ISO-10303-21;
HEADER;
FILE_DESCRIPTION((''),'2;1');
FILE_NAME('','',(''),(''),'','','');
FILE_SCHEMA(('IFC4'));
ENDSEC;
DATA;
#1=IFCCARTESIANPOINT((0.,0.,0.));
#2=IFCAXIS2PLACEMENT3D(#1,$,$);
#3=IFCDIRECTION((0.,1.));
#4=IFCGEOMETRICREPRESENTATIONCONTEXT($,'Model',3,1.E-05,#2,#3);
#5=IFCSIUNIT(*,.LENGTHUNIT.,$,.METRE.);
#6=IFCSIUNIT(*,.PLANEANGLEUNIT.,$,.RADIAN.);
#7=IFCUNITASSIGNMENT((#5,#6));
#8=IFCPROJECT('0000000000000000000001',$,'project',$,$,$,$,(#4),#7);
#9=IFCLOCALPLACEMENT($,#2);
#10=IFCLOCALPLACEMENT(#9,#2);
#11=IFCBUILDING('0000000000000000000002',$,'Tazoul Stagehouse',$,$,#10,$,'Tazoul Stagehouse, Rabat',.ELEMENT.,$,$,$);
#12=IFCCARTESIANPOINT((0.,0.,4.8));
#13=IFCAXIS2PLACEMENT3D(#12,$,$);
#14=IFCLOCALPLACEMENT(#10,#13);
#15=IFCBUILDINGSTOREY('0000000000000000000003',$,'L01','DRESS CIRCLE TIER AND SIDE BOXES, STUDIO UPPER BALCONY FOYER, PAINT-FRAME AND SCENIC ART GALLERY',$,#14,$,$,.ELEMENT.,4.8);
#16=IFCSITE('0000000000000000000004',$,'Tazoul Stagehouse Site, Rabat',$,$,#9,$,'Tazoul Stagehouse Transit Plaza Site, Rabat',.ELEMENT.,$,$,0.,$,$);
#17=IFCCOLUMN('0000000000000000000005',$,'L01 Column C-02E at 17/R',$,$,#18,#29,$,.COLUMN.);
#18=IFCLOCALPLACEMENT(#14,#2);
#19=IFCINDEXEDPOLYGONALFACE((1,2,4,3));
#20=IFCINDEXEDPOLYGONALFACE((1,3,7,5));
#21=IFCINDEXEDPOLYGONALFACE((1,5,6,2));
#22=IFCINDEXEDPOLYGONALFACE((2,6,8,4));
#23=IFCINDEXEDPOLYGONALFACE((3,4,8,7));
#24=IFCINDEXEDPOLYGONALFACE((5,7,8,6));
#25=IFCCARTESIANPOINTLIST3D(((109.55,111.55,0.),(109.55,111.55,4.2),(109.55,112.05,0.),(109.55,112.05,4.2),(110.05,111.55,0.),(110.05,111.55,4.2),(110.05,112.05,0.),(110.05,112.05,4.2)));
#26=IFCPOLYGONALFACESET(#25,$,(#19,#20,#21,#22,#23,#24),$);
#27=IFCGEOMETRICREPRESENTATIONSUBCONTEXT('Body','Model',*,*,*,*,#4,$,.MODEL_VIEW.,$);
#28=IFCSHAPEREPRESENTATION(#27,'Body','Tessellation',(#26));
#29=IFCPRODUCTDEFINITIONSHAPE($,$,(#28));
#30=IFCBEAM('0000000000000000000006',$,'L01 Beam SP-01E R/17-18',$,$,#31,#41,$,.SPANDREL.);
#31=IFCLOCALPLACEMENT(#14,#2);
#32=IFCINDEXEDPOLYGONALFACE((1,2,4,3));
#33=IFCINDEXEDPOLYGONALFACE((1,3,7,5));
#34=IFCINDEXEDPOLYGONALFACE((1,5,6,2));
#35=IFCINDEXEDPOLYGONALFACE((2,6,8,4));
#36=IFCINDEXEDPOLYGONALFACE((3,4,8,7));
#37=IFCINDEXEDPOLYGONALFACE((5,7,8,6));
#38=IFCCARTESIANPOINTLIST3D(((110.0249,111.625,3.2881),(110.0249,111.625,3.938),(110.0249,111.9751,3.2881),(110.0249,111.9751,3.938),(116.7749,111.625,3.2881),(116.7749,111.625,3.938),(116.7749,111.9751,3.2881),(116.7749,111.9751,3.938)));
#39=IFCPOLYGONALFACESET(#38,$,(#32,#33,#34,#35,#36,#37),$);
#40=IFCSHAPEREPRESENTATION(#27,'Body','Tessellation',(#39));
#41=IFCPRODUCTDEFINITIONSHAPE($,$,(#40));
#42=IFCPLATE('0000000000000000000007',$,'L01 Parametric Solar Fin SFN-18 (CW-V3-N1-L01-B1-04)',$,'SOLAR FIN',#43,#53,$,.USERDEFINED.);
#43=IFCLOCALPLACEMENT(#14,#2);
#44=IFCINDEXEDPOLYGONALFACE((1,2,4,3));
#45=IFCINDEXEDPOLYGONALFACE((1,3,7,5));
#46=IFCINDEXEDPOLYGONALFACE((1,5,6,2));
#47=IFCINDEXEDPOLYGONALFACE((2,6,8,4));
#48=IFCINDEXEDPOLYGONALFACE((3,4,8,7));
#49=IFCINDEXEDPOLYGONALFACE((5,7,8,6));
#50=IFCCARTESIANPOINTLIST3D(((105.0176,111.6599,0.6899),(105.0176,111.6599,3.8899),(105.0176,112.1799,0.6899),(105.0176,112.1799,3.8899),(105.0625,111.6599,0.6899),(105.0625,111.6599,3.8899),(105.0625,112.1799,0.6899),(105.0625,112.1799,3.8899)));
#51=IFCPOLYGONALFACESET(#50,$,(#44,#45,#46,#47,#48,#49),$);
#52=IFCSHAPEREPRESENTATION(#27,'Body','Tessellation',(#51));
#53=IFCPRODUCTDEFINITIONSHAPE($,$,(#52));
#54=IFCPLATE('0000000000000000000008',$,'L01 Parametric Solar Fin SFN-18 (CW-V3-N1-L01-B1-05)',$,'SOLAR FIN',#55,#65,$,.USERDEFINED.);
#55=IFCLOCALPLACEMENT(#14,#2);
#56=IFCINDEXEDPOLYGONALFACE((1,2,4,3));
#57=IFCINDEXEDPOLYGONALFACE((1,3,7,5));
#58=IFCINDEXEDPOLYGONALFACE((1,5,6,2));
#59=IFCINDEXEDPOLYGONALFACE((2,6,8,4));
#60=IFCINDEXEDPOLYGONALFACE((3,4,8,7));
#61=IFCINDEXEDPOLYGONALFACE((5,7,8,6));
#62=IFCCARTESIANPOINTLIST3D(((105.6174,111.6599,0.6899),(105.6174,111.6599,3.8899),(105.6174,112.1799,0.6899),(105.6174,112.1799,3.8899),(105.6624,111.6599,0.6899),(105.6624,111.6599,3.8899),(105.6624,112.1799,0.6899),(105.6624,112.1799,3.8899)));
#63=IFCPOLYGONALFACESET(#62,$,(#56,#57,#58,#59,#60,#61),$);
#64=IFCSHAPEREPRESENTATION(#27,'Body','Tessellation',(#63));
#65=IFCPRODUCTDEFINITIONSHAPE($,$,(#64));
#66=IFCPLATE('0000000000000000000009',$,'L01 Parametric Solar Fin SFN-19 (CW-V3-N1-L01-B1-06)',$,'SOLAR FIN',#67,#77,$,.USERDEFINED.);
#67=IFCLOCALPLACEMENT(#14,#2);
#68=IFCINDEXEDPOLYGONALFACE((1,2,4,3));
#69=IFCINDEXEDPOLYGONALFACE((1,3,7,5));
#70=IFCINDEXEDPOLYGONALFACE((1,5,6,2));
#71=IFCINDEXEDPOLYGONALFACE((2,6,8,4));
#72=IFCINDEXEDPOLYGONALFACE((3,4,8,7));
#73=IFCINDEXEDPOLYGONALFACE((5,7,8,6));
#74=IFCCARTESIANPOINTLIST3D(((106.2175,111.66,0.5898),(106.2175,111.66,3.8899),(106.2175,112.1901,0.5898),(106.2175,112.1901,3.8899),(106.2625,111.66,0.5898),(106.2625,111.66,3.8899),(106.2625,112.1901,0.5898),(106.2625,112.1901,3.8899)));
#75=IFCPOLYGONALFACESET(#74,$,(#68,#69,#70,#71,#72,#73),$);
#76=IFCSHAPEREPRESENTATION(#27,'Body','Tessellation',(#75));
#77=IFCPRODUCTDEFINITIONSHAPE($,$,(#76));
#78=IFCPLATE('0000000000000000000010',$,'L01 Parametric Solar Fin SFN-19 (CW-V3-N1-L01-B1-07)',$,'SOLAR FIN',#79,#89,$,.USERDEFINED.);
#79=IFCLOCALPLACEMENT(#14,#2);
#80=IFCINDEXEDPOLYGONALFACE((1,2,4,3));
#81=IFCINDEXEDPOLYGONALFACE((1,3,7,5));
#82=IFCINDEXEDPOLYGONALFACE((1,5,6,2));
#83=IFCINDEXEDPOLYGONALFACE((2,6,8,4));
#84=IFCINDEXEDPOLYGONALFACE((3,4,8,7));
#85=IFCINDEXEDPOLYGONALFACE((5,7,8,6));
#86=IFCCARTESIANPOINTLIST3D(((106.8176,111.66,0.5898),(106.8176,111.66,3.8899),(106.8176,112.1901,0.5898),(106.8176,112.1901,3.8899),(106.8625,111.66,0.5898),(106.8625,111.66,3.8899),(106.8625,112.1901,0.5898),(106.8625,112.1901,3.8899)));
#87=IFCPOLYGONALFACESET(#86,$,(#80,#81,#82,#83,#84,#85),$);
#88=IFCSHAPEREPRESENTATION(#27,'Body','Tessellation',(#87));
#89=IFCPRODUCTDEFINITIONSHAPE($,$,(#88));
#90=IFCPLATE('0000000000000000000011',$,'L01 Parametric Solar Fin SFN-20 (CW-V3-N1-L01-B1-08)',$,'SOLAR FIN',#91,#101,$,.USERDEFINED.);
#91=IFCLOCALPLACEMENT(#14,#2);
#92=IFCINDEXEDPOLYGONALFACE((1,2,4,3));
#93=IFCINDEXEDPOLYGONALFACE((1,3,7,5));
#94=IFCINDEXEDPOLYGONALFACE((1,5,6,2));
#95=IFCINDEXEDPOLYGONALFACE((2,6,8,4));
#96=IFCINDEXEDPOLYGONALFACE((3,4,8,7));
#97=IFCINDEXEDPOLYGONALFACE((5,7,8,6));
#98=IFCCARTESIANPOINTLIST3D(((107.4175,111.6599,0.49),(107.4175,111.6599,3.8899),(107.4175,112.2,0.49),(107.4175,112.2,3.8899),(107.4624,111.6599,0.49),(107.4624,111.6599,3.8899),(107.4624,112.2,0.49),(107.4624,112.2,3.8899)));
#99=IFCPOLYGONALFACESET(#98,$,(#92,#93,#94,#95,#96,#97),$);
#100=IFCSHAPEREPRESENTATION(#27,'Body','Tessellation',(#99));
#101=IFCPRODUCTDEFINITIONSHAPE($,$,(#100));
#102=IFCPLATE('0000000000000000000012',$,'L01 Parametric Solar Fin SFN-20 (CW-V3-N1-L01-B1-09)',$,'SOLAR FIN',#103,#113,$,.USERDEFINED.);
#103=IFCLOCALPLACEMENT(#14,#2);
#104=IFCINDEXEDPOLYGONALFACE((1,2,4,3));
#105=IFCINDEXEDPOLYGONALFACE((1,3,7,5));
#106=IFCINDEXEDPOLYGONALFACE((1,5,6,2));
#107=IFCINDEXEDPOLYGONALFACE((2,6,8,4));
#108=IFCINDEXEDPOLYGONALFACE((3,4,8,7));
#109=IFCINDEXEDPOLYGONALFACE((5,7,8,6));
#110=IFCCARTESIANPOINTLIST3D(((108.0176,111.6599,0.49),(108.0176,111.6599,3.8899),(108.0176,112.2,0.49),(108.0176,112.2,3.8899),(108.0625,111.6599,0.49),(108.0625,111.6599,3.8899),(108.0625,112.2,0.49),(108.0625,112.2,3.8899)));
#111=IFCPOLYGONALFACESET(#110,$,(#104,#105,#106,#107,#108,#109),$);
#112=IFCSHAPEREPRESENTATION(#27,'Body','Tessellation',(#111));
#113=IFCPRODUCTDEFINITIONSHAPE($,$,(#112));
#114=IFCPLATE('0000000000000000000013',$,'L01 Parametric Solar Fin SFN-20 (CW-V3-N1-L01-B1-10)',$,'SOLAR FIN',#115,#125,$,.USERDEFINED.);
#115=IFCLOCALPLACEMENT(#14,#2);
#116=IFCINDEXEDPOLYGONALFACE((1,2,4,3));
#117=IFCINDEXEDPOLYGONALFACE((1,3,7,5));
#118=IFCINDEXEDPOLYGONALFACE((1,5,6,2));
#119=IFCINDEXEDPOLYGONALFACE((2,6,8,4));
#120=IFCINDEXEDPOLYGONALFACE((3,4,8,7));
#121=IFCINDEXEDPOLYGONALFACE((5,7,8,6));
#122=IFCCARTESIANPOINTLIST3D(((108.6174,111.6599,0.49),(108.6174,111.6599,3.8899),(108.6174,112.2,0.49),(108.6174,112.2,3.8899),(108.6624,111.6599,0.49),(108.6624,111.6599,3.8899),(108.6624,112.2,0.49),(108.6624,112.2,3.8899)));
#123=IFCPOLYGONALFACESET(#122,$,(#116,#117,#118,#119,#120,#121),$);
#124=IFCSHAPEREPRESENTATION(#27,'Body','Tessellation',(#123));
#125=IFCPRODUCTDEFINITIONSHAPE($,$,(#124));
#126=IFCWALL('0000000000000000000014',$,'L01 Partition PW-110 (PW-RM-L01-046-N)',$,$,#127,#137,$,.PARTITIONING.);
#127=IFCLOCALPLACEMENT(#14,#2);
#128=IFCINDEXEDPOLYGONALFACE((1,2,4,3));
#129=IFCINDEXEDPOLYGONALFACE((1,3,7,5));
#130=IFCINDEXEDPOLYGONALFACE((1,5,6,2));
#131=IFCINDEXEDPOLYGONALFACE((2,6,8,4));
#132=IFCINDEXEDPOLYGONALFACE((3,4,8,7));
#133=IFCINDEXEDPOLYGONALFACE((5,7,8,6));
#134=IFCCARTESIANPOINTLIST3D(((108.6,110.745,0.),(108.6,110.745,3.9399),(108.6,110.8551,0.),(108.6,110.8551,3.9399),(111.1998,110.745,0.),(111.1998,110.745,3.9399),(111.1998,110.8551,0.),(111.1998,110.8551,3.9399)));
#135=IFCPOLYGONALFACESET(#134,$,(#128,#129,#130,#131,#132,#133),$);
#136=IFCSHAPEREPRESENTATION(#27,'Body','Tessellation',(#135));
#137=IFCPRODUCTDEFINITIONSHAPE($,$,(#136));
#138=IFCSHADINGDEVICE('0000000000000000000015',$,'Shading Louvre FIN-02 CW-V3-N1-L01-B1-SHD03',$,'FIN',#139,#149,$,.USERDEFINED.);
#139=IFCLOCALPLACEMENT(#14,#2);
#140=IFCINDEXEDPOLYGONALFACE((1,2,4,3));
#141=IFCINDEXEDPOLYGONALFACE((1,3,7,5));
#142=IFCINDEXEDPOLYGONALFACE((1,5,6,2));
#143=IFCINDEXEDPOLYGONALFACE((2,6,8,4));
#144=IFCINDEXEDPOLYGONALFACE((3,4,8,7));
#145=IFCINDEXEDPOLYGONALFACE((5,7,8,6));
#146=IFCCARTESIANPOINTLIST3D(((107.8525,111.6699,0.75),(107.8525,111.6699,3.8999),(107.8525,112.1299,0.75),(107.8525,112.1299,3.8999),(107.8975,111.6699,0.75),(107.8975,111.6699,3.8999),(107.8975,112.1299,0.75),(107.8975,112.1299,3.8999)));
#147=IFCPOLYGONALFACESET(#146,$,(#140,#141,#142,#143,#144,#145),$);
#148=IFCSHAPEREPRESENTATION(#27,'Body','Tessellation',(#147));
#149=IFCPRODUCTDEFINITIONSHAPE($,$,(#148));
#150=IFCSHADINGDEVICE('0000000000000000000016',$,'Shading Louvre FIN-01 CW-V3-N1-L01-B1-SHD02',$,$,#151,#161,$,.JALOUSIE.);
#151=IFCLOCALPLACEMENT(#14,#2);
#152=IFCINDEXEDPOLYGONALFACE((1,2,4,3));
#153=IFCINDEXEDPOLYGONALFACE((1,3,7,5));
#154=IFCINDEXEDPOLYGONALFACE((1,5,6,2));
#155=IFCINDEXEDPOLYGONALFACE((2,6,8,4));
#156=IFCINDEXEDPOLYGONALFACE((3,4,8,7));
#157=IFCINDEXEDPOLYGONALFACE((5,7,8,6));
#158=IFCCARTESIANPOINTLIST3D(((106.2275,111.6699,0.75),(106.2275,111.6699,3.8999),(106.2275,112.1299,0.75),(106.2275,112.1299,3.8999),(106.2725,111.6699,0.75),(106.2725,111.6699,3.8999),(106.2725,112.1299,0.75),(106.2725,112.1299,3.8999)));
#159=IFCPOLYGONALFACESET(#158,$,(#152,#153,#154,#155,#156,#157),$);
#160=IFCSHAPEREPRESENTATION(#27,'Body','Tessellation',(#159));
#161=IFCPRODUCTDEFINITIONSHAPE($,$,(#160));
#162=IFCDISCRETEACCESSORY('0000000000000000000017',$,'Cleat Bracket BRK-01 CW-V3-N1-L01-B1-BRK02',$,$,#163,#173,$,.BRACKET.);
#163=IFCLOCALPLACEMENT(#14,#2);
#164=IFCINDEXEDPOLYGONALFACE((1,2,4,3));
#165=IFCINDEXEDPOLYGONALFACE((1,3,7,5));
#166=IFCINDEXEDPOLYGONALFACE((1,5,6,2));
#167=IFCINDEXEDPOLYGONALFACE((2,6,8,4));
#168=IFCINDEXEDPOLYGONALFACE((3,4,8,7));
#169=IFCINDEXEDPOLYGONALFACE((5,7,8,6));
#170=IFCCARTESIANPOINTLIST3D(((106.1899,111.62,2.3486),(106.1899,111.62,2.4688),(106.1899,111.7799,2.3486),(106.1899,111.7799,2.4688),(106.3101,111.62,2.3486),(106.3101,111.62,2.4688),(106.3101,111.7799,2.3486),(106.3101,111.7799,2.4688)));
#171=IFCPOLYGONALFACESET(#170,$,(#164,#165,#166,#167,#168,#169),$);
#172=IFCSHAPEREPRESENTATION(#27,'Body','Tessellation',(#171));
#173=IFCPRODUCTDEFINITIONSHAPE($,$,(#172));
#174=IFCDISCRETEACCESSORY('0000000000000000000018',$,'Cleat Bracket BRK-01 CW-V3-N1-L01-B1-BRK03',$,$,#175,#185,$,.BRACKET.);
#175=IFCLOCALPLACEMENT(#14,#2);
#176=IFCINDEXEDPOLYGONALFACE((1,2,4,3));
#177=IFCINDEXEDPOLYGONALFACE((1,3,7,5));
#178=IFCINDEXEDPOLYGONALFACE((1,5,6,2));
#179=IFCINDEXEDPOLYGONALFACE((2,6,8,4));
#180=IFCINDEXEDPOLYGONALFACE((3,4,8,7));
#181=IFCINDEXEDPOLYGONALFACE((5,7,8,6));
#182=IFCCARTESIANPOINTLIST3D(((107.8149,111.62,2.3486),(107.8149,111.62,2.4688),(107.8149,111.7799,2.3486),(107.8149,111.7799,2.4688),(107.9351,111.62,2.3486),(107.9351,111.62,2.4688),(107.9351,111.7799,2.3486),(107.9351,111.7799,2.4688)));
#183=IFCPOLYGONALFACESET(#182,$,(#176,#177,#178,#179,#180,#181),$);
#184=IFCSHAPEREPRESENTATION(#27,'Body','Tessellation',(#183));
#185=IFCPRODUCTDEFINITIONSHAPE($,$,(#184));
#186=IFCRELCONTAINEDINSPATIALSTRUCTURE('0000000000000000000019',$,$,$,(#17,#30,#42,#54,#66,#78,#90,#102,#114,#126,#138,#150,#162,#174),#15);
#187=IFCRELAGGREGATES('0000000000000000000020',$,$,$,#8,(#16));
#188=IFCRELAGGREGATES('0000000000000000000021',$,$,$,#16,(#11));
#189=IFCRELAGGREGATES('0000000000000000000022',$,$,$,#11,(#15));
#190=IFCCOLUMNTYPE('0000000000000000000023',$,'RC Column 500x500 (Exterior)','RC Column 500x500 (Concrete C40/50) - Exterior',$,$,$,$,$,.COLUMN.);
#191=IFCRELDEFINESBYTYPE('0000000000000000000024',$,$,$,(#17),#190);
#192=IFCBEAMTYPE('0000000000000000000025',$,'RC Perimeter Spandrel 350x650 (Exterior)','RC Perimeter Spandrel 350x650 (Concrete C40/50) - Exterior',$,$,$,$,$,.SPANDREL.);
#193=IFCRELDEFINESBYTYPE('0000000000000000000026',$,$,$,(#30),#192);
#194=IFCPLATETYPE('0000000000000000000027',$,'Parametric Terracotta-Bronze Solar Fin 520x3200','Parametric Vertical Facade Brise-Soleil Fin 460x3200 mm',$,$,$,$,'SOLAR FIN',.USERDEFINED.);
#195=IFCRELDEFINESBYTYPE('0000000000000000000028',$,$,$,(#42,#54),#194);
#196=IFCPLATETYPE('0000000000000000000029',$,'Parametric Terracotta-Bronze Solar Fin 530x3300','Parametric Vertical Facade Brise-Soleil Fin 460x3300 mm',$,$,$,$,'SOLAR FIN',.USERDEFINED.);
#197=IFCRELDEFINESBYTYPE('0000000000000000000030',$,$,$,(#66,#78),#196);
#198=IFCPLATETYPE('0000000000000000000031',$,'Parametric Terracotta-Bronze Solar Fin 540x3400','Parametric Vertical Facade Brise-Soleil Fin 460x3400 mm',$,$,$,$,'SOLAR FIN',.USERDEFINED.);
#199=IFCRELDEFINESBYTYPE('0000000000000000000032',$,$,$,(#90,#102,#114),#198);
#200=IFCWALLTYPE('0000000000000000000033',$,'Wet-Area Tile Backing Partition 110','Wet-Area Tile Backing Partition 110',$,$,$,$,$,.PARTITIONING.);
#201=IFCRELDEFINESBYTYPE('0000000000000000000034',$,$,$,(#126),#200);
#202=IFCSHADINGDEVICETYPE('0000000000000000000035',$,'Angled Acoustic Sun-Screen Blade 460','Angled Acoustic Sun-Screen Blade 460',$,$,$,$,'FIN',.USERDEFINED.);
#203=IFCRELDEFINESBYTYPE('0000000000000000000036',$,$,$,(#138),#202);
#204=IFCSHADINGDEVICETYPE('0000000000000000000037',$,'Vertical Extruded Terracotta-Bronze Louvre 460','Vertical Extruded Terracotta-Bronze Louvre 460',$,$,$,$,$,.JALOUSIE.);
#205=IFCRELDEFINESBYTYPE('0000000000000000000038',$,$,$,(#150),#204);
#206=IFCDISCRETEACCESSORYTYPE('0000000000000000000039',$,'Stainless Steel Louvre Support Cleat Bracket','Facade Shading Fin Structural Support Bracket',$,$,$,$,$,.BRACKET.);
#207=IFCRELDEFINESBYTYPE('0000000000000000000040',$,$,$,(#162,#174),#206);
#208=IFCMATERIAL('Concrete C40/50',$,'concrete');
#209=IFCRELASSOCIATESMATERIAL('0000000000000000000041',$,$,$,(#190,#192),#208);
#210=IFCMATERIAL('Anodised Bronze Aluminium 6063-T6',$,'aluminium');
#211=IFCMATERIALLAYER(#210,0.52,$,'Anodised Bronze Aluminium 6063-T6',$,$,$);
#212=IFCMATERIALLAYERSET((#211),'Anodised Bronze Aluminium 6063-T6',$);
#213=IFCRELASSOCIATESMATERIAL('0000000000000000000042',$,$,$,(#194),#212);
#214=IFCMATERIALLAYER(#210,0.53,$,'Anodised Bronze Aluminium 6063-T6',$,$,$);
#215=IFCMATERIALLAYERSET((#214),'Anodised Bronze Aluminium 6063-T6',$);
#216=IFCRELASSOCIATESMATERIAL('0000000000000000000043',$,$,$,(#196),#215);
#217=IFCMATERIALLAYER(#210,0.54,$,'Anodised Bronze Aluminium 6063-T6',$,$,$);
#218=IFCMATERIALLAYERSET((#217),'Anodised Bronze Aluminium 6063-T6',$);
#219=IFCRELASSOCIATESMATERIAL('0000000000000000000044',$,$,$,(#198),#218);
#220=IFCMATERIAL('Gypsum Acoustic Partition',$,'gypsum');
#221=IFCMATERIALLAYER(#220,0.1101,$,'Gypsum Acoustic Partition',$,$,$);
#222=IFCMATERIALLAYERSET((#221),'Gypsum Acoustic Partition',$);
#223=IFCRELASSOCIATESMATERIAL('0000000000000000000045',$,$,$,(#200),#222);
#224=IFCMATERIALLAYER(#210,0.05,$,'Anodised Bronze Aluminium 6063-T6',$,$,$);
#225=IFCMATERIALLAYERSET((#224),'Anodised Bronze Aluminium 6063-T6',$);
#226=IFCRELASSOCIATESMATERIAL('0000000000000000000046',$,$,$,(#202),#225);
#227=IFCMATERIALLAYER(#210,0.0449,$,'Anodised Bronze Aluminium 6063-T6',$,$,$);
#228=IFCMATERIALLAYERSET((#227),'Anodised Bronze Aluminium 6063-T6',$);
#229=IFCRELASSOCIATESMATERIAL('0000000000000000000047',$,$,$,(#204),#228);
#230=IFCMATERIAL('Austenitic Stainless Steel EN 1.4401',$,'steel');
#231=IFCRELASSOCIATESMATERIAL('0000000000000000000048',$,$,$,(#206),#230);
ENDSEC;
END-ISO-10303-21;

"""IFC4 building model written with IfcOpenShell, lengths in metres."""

from ifc_helpers import new_model, si_unit, direction, frame, frame_2d, origin, origin_2d, place, context, subcontext, project, spatial, rectangle, extrude, material, layer, layer_set, material_profile, profile_set, type_object, element, save


model = new_model("IFC4")

# Units and contexts
model_context = context("Model", 3, precision=1e-05, world=origin(), true_north=direction((0.0, 1.0)))
body_context = subcontext(model_context, "Body", "Model", "MODEL_VIEW")
ifc_project = project(units=[si_unit("LENGTHUNIT", "METRE"), si_unit("PLANEANGLEUNIT", "RADIAN")], contexts=[model_context])

# Site, building, storey
site_placement = place(None, origin())
site = spatial("IfcSite", under=ifc_project, at=site_placement, Name="Tazoul Stagehouse Site, Rabat", LongName="Tazoul Stagehouse Transit Plaza Site, Rabat", CompositionType="ELEMENT", RefElevation=0.0)
building_placement = place(site_placement, origin())
building = spatial("IfcBuilding", under=site, at=building_placement, Name="Tazoul Stagehouse", LongName="Tazoul Stagehouse, Rabat", CompositionType="ELEMENT")
storey_placement = place(building_placement, frame((0.0, 0.0, 4.8)))
storey = spatial("IfcBuildingStorey", under=building, at=storey_placement, Name="L01", Description="DRESS CIRCLE TIER AND SIDE BOXES, STUDIO UPPER BALCONY FOYER, PAINT-FRAME AND SCENIC ART GALLERY", CompositionType="ELEMENT", Elevation=4.8)

# Column
ifc_material_1 = material(Name="Concrete C40/50", Category="concrete")
ifc_material_profile_1 = material_profile(ifc_material_1, rectangle(XDim=0.5, YDim=0.5, at=origin_2d()), Name="RC 500x500")
ifc_profile_set_1 = profile_set([ifc_material_profile_1], Name="Concrete C40/50")
column_type = type_object("IfcColumnType", Name="RC Column 500x500 (Exterior)", Description="RC Column 500x500 (Concrete C40/50) - Exterior", PredefinedType="COLUMN", material=ifc_profile_set_1)
column_placement = place(storey_placement, frame((109.8, 111.8, 0.0), z_axis=(0.0, 0.0, 1.0), x_axis=(1.0, 0.0, 0.0)))
element("IfcColumn", 1, at=column_placement, inside=storey, type_object=column_type, Name="L01 Column C-02E at 17/R", PredefinedType="COLUMN", context=body_context, shape_type="SweptSolid", body=[
    extrude(rectangle(XDim=0.5, YDim=0.5, at=origin_2d()), origin(), (0.0, 0.0, 1.0), 4.2),
])

# Beam
ifc_material_profile_2 = material_profile(ifc_material_1, rectangle(XDim=0.3501, YDim=0.6499, at=origin_2d()), Name="RC 350x650")
ifc_profile_set_2 = profile_set([ifc_material_profile_2], Name="Concrete C40/50")
beam_type = type_object("IfcBeamType", Name="RC Perimeter Spandrel 350x650 (Exterior)", Description="RC Perimeter Spandrel 350x650 (Concrete C40/50) - Exterior", PredefinedType="SPANDREL", material=ifc_profile_set_2)
beam_placement = place(storey_placement, frame((110.0249, 111.8, 3.613), z_axis=(1.0, 0.0, 0.0), x_axis=(0.0, 1.0, 0.0)))
element("IfcBeam", 2, at=beam_placement, inside=storey, type_object=beam_type, Name="L01 Beam SP-01E R/17-18", PredefinedType="SPANDREL", context=body_context, shape_type="SweptSolid", body=[
    extrude(rectangle(XDim=0.3501, YDim=0.6499, at=origin_2d()), origin(), (0.0, 0.0, 1.0), 6.75),
])

# Plates
ifc_material_2 = material(Name="Anodised Bronze Aluminium 6063-T6", Category="aluminium")
ifc_layer_1 = layer(ifc_material_2, 0.52, Name="Anodised Bronze Aluminium 6063-T6")
ifc_layer_set_1 = layer_set([ifc_layer_1], Name="Anodised Bronze Aluminium 6063-T6")
plate_type_1 = type_object("IfcPlateType", Name="Parametric Terracotta-Bronze Solar Fin 520x3200", Description="Parametric Vertical Facade Brise-Soleil Fin 460x3200 mm", ElementType="SOLAR FIN", PredefinedType="USERDEFINED", material=ifc_layer_set_1)
for number, where, z_axis, x_axis, name in (
    (3, (105.04, 111.9199, 0.6899), (0.0, 0.0, 1.0), (1.0, 0.0, 0.0), "L01 Parametric Solar Fin SFN-18 (CW-V3-N1-L01-B1-04)"),
    (4, (105.6399, 111.9199, 0.6899), (0.0, 0.0, 1.0), (1.0, 0.0, 0.0), "L01 Parametric Solar Fin SFN-18 (CW-V3-N1-L01-B1-05)"),
):
    element("IfcPlate", number, at=place(storey_placement, frame(where, z_axis=z_axis, x_axis=x_axis)), inside=storey, type_object=plate_type_1, Name=name, ObjectType="SOLAR FIN", PredefinedType="USERDEFINED", context=body_context, shape_type="SweptSolid", body=[
        extrude(rectangle(XDim=0.0449, YDim=0.52, at=origin_2d()), origin(), (0.0, 0.0, 1.0), 3.2),
    ])
ifc_layer_2 = layer(ifc_material_2, 0.53, Name="Anodised Bronze Aluminium 6063-T6")
ifc_layer_set_2 = layer_set([ifc_layer_2], Name="Anodised Bronze Aluminium 6063-T6")
plate_type_2 = type_object("IfcPlateType", Name="Parametric Terracotta-Bronze Solar Fin 530x3300", Description="Parametric Vertical Facade Brise-Soleil Fin 460x3300 mm", ElementType="SOLAR FIN", PredefinedType="USERDEFINED", material=ifc_layer_set_2)
for number, where, z_axis, x_axis, name in (
    (5, (106.24, 111.925, 0.5898), (0.0, 0.0, 1.0), (1.0, 0.0, 0.0), "L01 Parametric Solar Fin SFN-19 (CW-V3-N1-L01-B1-06)"),
    (6, (106.8401, 111.925, 0.5898), (0.0, 0.0, 1.0), (1.0, 0.0, 0.0), "L01 Parametric Solar Fin SFN-19 (CW-V3-N1-L01-B1-07)"),
):
    element("IfcPlate", number, at=place(storey_placement, frame(where, z_axis=z_axis, x_axis=x_axis)), inside=storey, type_object=plate_type_2, Name=name, ObjectType="SOLAR FIN", PredefinedType="USERDEFINED", context=body_context, shape_type="SweptSolid", body=[
        extrude(rectangle(XDim=0.0449, YDim=0.53, at=origin_2d()), origin(), (0.0, 0.0, 1.0), 3.3),
    ])
ifc_layer_3 = layer(ifc_material_2, 0.54, Name="Anodised Bronze Aluminium 6063-T6")
ifc_layer_set_3 = layer_set([ifc_layer_3], Name="Anodised Bronze Aluminium 6063-T6")
plate_type_3 = type_object("IfcPlateType", Name="Parametric Terracotta-Bronze Solar Fin 540x3400", Description="Parametric Vertical Facade Brise-Soleil Fin 460x3400 mm", ElementType="SOLAR FIN", PredefinedType="USERDEFINED", material=ifc_layer_set_3)
for number, where, z_axis, x_axis, name in (
    (7, (107.4399, 111.9299, 0.49), (0.0, 0.0, 1.0), (1.0, 0.0, 0.0), "L01 Parametric Solar Fin SFN-20 (CW-V3-N1-L01-B1-08)"),
    (8, (108.04, 111.9299, 0.49), (0.0, 0.0, 1.0), (1.0, 0.0, 0.0), "L01 Parametric Solar Fin SFN-20 (CW-V3-N1-L01-B1-09)"),
    (9, (108.6399, 111.9299, 0.49), (0.0, 0.0, 1.0), (1.0, 0.0, 0.0), "L01 Parametric Solar Fin SFN-20 (CW-V3-N1-L01-B1-10)"),
):
    element("IfcPlate", number, at=place(storey_placement, frame(where, z_axis=z_axis, x_axis=x_axis)), inside=storey, type_object=plate_type_3, Name=name, ObjectType="SOLAR FIN", PredefinedType="USERDEFINED", context=body_context, shape_type="SweptSolid", body=[
        extrude(rectangle(XDim=0.0449, YDim=0.54, at=origin_2d()), origin(), (0.0, 0.0, 1.0), 3.3999),
    ])

# Wall
ifc_material_3 = material(Name="Gypsum Acoustic Partition", Category="gypsum")
ifc_layer_4 = layer(ifc_material_3, 0.1101, Name="Gypsum Acoustic Partition")
ifc_layer_set_4 = layer_set([ifc_layer_4], Name="Gypsum Acoustic Partition")
wall_type = type_object("IfcWallType", Name="Wet-Area Tile Backing Partition 110", Description="Wet-Area Tile Backing Partition 110", PredefinedType="PARTITIONING", material=ifc_layer_set_4)
wall_placement = place(storey_placement, frame((108.6001, 110.8, 0.0), z_axis=(0.0, 0.0, 1.0), x_axis=(1.0, 0.0, 0.0)))
element("IfcWall", 10, at=wall_placement, inside=storey, type_object=wall_type, Name="L01 Partition PW-110 (PW-RM-L01-046-N)", PredefinedType="PARTITIONING", context=body_context, shape_type="SweptSolid", body=[
    extrude(rectangle(XDim=2.5999, YDim=0.1101, at=frame_2d((1.2998, 0.0))), origin(), (0.0, 0.0, 1.0), 3.9399),
])

# Shading devices
ifc_layer_5 = layer(ifc_material_2, 0.05, Name="Anodised Bronze Aluminium 6063-T6")
ifc_layer_set_5 = layer_set([ifc_layer_5], Name="Anodised Bronze Aluminium 6063-T6")
shading_device_type_1 = type_object("IfcShadingDeviceType", Name="Angled Acoustic Sun-Screen Blade 460", Description="Angled Acoustic Sun-Screen Blade 460", ElementType="FIN", PredefinedType="USERDEFINED", material=ifc_layer_set_5)
shading_device_1_placement = place(storey_placement, frame((107.875, 111.8999, 0.75), z_axis=(0.0, 0.0, 1.0), x_axis=(1.0, 0.0, 0.0)))
element("IfcShadingDevice", 11, at=shading_device_1_placement, inside=storey, type_object=shading_device_type_1, Name="Shading Louvre FIN-02 CW-V3-N1-L01-B1-SHD03", ObjectType="FIN", PredefinedType="USERDEFINED", context=body_context, shape_type="SweptSolid", body=[
    extrude(rectangle(XDim=0.0449, YDim=0.46, at=origin_2d()), origin(), (0.0, 0.0, 1.0), 3.1499),
])
ifc_layer_6 = layer(ifc_material_2, 0.0449, Name="Anodised Bronze Aluminium 6063-T6")
ifc_layer_set_6 = layer_set([ifc_layer_6], Name="Anodised Bronze Aluminium 6063-T6")
shading_device_type_2 = type_object("IfcShadingDeviceType", Name="Vertical Extruded Terracotta-Bronze Louvre 460", Description="Vertical Extruded Terracotta-Bronze Louvre 460", PredefinedType="JALOUSIE", material=ifc_layer_set_6)
shading_device_2_placement = place(storey_placement, frame((106.25, 111.8999, 0.75), z_axis=(0.0, 0.0, 1.0), x_axis=(1.0, 0.0, 0.0)))
element("IfcShadingDevice", 12, at=shading_device_2_placement, inside=storey, type_object=shading_device_type_2, Name="Shading Louvre FIN-01 CW-V3-N1-L01-B1-SHD02", PredefinedType="JALOUSIE", context=body_context, shape_type="SweptSolid", body=[
    extrude(rectangle(XDim=0.0449, YDim=0.46, at=origin_2d()), origin(), (0.0, 0.0, 1.0), 3.1499),
])

# Discrete accessories
ifc_material_4 = material(Name="Austenitic Stainless Steel EN 1.4401", Category="steel")
discrete_accessory_type = type_object("IfcDiscreteAccessoryType", Name="Stainless Steel Louvre Support Cleat Bracket", Description="Facade Shading Fin Structural Support Bracket", PredefinedType="BRACKET", material=ifc_material_4)
for number, where, z_axis, x_axis, name in (
    (13, (106.25, 111.7, 2.3486), (0.0, 0.0, 1.0), (1.0, 0.0, 0.0), "Cleat Bracket BRK-01 CW-V3-N1-L01-B1-BRK02"),
    (14, (107.875, 111.7, 2.3486), (0.0, 0.0, 1.0), (1.0, 0.0, 0.0), "Cleat Bracket BRK-01 CW-V3-N1-L01-B1-BRK03"),
):
    element("IfcDiscreteAccessory", number, at=place(storey_placement, frame(where, z_axis=z_axis, x_axis=x_axis)), inside=storey, type_object=discrete_accessory_type, Name=name, PredefinedType="BRACKET", context=body_context, shape_type="SweptSolid", body=[
        extrude(rectangle(XDim=0.1201, YDim=0.1599, at=origin_2d()), origin(), (0.0, 0.0, 1.0), 0.1201),
    ])

save(model, "model.ifc")
